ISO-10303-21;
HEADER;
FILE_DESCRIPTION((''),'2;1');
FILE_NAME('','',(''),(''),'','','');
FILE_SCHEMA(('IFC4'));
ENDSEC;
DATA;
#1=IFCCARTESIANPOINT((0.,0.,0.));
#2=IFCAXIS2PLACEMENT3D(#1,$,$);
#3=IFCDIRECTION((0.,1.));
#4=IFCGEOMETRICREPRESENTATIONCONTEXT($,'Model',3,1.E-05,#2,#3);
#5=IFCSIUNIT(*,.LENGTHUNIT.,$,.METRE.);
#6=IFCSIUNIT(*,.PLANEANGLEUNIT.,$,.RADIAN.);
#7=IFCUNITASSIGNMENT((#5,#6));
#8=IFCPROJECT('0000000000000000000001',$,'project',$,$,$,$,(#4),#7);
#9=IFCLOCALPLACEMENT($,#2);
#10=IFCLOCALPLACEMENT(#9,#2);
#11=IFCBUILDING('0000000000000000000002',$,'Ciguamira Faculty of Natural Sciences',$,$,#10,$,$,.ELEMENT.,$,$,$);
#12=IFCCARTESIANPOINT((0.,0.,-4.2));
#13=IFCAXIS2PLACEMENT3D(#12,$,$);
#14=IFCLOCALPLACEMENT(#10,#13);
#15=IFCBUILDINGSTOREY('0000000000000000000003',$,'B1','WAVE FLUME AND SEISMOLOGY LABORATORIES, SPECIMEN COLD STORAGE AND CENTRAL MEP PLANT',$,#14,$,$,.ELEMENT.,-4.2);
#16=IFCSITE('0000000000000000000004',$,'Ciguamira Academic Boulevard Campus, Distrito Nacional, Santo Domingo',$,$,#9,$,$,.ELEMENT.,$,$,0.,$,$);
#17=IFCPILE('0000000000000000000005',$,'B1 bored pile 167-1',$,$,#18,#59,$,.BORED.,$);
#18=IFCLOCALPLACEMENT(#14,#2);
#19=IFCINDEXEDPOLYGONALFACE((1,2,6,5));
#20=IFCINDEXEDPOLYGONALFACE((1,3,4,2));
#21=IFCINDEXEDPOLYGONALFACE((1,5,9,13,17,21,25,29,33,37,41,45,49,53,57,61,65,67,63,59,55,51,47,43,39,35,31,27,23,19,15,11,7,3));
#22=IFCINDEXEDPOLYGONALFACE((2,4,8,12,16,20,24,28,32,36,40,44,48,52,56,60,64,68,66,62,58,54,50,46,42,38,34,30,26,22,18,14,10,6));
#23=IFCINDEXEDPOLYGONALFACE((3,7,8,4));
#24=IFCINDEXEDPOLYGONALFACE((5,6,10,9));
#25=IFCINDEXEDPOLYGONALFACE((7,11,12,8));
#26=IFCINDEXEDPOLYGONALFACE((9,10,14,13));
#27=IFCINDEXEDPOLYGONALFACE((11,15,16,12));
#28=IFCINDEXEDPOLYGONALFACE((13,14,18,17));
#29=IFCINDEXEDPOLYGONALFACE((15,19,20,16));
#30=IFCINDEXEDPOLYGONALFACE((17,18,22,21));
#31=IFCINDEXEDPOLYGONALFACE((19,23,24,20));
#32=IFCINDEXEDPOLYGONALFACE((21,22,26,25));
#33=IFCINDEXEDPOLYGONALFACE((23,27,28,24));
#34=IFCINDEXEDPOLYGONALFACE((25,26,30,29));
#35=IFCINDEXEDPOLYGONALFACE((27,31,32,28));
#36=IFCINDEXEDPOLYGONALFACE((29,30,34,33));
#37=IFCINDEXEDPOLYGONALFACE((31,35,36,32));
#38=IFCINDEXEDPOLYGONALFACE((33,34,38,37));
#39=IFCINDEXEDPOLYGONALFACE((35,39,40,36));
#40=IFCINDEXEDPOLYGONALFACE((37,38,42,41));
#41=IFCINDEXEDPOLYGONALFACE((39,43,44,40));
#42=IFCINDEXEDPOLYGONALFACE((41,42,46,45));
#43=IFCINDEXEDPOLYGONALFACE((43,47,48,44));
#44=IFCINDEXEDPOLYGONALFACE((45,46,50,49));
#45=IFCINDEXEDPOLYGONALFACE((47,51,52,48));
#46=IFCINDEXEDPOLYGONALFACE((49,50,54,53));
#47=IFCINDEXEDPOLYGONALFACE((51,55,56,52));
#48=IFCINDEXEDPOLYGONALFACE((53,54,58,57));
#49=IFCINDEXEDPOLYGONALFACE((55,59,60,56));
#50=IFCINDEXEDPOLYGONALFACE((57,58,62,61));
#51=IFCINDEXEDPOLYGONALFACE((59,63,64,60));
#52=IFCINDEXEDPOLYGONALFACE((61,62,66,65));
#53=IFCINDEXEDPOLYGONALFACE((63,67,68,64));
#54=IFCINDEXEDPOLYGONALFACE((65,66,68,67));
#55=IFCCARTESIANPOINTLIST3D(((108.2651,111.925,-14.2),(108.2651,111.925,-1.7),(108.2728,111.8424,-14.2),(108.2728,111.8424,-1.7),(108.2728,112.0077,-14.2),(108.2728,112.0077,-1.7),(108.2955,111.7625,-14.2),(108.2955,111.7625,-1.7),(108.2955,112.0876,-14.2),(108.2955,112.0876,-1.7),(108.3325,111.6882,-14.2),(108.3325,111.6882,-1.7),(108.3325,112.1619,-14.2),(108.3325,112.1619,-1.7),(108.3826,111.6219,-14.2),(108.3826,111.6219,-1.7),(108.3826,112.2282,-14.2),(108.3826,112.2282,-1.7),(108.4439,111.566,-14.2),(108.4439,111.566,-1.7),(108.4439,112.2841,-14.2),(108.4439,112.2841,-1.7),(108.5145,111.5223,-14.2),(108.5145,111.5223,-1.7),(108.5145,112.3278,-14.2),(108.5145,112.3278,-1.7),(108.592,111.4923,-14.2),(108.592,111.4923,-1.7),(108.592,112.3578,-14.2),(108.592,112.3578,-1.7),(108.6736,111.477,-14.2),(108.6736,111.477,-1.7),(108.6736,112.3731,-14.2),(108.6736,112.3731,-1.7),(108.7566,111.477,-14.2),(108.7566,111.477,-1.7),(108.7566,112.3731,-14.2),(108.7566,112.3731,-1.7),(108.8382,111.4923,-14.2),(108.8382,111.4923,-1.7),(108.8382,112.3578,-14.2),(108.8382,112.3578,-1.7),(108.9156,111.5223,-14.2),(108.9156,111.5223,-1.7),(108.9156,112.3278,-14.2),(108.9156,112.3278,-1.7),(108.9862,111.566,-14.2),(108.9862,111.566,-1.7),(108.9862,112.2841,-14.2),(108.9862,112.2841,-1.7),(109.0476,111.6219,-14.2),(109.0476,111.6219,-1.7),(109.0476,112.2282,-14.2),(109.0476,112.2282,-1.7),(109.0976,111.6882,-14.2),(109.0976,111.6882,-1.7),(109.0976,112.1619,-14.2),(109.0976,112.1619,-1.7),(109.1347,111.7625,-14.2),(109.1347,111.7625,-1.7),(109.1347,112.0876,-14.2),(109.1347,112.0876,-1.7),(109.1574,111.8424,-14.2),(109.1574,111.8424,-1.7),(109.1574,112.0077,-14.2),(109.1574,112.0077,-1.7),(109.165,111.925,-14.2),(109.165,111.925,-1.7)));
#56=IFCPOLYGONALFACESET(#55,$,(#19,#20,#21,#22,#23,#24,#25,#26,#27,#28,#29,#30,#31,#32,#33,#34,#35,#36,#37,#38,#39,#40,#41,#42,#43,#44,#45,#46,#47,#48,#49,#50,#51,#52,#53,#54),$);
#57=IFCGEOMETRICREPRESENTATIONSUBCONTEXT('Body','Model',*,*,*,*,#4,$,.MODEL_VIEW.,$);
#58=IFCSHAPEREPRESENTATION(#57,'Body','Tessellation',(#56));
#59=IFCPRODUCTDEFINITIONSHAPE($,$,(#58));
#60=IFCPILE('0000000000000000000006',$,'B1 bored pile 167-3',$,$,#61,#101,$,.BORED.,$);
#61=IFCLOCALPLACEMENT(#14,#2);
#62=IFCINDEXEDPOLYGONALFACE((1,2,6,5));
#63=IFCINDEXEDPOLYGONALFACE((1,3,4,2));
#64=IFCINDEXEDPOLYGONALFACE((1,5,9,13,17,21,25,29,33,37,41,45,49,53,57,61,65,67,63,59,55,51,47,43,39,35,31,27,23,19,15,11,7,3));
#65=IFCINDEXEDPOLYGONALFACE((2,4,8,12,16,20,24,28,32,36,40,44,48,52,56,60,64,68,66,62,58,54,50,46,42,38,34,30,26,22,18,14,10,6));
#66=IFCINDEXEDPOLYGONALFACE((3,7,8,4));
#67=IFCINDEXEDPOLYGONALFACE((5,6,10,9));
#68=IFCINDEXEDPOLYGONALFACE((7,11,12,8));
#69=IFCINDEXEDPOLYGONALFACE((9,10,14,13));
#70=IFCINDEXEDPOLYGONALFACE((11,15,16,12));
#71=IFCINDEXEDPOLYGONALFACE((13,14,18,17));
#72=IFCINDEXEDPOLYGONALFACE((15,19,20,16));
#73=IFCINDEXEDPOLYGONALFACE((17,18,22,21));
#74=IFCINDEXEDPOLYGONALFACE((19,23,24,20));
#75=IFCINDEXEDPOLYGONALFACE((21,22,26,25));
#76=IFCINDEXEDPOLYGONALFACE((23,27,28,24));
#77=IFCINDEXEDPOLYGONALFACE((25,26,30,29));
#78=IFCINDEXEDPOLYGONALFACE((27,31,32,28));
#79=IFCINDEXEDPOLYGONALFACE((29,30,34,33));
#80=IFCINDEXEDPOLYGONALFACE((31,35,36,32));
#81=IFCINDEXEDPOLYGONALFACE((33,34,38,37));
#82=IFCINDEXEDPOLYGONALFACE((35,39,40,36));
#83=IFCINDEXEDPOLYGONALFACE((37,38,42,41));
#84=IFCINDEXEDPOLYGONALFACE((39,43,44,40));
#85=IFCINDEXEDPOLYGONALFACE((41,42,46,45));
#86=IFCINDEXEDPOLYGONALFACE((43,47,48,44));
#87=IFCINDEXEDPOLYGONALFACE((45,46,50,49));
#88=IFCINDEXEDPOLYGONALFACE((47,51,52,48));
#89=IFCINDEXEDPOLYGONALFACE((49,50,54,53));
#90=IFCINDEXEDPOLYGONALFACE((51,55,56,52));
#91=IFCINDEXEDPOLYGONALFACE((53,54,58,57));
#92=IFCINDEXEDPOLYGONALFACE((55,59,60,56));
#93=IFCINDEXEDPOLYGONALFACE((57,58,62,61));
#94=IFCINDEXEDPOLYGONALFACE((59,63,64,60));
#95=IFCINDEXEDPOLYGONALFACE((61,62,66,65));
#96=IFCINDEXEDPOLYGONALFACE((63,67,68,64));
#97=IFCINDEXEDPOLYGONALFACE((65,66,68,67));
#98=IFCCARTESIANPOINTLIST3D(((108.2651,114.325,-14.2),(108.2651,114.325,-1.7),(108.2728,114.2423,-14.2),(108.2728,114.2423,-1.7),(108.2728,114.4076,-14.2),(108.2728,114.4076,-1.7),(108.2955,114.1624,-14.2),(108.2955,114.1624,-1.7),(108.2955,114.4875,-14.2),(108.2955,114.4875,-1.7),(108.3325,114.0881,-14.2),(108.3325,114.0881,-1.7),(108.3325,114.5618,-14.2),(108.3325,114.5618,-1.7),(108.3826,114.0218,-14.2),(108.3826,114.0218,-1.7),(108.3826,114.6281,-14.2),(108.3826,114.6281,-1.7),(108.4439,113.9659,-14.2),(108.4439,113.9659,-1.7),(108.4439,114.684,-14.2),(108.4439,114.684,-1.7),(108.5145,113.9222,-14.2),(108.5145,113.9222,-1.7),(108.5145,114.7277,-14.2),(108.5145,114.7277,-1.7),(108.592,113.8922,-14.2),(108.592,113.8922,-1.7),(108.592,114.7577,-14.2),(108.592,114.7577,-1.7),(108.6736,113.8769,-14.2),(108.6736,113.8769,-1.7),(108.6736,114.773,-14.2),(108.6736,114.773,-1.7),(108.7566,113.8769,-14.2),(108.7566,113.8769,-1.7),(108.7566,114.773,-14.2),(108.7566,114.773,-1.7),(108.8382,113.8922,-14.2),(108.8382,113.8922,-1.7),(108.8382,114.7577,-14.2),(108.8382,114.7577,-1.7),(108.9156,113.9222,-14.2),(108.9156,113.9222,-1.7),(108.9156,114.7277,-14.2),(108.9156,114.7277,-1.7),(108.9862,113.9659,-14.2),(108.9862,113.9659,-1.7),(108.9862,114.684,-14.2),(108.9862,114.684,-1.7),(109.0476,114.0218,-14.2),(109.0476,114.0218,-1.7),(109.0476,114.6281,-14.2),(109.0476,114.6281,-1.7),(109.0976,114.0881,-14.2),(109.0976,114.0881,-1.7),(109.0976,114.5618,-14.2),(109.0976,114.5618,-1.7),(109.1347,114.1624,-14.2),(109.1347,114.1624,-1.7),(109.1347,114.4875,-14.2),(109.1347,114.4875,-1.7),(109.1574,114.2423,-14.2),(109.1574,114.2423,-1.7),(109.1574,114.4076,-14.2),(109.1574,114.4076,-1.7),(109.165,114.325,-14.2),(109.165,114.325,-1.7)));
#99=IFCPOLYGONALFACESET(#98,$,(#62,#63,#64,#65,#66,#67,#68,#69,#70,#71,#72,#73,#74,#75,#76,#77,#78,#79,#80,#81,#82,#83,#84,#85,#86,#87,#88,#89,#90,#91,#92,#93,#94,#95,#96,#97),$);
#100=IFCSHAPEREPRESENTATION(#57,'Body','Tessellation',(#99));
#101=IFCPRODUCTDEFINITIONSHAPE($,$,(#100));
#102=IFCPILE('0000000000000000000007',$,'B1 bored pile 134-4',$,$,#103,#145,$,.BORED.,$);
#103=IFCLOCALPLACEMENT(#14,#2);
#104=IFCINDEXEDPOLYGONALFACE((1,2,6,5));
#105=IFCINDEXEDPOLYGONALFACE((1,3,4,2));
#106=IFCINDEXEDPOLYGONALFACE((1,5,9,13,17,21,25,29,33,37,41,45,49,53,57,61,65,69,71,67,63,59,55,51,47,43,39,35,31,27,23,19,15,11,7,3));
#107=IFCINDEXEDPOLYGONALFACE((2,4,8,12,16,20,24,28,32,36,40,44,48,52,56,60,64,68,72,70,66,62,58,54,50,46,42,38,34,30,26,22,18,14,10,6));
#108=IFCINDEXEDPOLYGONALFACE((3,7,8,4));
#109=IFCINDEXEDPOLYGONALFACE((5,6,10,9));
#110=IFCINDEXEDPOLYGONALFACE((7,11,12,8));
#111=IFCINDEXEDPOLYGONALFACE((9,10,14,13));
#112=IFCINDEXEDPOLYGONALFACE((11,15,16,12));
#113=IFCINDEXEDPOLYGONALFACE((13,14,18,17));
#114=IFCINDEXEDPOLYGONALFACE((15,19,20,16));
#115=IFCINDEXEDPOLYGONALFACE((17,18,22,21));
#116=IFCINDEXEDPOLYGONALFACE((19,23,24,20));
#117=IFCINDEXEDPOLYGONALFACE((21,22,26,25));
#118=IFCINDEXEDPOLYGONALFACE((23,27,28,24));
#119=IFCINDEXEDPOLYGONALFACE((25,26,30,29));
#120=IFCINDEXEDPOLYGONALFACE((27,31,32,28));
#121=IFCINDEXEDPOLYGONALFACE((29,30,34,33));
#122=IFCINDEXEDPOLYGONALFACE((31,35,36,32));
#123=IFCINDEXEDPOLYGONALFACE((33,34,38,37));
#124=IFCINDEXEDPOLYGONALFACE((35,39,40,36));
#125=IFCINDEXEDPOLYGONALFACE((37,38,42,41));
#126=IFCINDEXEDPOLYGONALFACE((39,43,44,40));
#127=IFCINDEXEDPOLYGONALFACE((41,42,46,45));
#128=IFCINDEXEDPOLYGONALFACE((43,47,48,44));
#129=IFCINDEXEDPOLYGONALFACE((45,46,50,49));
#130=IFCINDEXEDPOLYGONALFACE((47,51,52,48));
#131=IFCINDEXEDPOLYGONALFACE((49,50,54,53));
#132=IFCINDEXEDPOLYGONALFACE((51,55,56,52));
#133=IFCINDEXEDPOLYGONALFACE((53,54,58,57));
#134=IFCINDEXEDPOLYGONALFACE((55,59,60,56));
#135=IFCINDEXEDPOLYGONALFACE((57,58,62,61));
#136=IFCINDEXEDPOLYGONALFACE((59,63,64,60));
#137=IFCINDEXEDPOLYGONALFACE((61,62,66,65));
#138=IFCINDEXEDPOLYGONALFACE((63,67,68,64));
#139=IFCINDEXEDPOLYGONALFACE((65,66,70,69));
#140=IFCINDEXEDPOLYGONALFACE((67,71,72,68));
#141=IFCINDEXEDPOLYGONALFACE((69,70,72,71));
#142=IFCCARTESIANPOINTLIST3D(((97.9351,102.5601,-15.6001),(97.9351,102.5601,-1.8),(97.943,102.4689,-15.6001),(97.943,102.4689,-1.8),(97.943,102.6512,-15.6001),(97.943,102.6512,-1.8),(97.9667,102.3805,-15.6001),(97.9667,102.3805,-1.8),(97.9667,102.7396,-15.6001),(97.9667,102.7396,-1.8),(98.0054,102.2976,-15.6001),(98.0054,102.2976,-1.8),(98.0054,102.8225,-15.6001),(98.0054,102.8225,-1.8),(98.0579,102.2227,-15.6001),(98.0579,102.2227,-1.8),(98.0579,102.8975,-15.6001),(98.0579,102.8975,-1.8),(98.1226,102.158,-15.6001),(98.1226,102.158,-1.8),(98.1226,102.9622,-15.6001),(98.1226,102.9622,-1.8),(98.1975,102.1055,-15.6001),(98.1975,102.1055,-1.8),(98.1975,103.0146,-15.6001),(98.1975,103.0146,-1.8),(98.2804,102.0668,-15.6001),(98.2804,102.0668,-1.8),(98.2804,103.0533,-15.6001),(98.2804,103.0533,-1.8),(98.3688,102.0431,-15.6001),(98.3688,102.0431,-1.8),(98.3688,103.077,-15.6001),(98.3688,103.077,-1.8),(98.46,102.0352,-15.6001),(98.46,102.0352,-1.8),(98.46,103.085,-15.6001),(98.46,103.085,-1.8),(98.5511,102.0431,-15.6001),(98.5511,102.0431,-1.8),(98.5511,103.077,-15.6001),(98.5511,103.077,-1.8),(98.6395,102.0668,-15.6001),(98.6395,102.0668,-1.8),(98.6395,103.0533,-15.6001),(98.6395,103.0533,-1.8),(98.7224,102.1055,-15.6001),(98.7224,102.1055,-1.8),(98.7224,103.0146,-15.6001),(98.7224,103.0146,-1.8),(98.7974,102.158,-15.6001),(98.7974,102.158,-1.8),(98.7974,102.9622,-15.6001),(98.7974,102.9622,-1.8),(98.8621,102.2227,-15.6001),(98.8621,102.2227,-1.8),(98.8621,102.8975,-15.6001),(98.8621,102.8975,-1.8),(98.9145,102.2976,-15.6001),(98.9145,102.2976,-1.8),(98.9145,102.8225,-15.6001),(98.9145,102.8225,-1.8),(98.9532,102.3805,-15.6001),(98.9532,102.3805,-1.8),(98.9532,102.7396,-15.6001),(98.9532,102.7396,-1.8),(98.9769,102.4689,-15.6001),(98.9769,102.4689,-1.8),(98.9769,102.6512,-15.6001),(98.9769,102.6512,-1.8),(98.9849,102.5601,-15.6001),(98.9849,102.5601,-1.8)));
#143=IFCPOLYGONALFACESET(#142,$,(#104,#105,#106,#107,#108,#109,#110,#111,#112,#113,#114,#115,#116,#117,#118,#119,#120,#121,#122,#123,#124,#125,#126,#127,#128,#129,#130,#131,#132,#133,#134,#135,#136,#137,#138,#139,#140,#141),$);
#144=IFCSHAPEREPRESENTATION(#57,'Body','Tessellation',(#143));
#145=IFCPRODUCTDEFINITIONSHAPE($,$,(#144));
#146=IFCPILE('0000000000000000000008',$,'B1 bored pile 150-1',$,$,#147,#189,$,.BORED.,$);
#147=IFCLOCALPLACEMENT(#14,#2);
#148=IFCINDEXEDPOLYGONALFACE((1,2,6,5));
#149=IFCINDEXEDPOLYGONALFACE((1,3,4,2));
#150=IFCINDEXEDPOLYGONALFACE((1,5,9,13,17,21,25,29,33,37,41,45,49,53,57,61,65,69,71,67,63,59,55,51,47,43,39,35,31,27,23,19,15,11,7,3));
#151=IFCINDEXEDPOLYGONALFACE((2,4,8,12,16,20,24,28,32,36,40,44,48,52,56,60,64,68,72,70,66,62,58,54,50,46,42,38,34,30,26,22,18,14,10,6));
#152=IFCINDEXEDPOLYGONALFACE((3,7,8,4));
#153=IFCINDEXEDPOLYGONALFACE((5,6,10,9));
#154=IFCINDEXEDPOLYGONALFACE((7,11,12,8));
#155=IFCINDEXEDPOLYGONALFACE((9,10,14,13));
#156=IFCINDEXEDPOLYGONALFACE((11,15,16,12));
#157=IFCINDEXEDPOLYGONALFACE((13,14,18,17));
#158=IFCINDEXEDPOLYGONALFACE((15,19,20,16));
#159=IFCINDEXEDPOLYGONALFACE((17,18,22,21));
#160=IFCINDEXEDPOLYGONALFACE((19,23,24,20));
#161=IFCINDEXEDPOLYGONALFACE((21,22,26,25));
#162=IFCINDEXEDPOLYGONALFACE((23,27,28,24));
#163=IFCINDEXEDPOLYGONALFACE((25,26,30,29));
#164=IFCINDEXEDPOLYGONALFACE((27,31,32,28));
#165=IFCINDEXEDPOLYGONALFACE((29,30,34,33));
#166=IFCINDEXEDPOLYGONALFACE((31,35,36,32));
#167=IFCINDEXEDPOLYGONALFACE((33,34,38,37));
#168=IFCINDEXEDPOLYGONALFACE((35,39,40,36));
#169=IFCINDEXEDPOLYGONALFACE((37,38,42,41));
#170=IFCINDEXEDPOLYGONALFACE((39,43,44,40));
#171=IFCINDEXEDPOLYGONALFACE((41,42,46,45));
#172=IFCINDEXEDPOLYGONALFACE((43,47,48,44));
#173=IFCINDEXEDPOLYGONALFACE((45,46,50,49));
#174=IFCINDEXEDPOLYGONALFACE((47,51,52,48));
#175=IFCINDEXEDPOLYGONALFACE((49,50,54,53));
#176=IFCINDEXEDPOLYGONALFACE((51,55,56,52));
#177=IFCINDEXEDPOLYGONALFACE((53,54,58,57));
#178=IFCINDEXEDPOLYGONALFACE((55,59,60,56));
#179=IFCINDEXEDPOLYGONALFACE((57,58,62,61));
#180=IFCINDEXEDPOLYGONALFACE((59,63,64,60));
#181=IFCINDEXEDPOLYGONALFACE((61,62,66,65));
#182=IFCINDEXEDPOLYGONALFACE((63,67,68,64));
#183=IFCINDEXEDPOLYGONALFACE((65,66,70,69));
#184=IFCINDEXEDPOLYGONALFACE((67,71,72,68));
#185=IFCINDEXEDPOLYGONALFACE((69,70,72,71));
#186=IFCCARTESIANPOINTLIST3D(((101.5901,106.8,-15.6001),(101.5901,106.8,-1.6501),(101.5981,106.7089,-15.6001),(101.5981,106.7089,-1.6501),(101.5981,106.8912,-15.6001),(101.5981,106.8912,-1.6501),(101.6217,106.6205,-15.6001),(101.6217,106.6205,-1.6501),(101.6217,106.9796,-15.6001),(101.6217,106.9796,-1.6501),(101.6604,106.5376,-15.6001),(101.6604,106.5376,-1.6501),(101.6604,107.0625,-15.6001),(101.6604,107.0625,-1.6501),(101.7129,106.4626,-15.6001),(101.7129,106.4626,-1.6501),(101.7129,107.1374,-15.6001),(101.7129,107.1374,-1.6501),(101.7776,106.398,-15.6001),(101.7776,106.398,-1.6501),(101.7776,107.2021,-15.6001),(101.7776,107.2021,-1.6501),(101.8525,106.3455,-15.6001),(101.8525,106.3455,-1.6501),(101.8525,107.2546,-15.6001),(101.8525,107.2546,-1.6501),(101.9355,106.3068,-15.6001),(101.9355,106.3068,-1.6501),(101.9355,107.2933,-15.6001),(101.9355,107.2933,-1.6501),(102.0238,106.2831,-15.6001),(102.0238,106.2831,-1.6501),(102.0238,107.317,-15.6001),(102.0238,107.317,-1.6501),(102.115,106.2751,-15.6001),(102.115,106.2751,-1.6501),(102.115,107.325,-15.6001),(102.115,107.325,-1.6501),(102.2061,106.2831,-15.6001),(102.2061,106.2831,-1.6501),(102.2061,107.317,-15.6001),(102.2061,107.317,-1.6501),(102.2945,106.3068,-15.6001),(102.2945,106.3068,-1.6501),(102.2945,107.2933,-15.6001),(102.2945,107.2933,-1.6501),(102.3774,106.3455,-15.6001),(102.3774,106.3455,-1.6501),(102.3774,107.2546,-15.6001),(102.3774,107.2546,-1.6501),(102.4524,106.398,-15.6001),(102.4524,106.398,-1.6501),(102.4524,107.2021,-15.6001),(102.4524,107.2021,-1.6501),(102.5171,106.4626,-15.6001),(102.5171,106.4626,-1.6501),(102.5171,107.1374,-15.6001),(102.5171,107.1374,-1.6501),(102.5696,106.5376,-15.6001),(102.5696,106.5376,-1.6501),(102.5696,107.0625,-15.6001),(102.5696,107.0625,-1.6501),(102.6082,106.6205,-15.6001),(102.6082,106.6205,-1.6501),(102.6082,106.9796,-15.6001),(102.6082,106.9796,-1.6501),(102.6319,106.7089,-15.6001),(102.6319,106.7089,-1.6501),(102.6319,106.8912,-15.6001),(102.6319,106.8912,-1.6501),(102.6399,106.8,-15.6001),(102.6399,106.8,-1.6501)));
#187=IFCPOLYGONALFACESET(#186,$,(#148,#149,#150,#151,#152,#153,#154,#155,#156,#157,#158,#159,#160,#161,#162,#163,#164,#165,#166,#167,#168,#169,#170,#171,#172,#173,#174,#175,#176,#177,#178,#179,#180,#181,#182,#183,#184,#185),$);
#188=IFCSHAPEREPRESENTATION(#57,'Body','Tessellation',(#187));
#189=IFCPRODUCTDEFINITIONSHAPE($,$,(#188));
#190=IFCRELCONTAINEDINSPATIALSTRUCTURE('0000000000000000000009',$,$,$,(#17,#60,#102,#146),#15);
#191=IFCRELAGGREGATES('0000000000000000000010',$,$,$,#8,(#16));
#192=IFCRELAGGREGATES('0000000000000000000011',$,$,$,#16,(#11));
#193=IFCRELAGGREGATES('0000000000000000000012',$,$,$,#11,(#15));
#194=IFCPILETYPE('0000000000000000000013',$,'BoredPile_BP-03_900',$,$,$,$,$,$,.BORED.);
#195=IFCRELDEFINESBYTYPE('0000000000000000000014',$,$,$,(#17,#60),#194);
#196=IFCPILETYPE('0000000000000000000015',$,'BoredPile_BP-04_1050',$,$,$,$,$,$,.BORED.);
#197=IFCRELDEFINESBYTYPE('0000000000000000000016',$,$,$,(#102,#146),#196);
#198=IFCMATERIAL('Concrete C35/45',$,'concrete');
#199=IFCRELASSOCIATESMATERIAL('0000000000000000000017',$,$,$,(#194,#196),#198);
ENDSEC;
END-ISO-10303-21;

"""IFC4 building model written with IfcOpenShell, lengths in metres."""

from ifc_helpers import new_model, si_unit, direction, frame, origin, origin_2d, place, context, subcontext, project, spatial, circle, extrude, material, material_profile, profile_set, type_object, element, save


model = new_model("IFC4")

# Units and contexts
model_context = context("Model", 3, precision=1e-05, world=origin(), true_north=direction((0.0, 1.0)))
body_context = subcontext(model_context, "Body", "Model", "MODEL_VIEW")
ifc_project = project(units=[si_unit("LENGTHUNIT", "METRE"), si_unit("PLANEANGLEUNIT", "RADIAN")], contexts=[model_context])

# Site, building, storey
site_placement = place(None, origin())
site = spatial("IfcSite", under=ifc_project, at=site_placement, Name="Ciguamira Academic Boulevard Campus, Distrito Nacional, Santo Domingo", CompositionType="ELEMENT", RefElevation=0.0)
building_placement = place(site_placement, origin())
building = spatial("IfcBuilding", under=site, at=building_placement, Name="Ciguamira Faculty of Natural Sciences", CompositionType="ELEMENT")
storey_placement = place(building_placement, frame((0.0, 0.0, -4.2)))
storey = spatial("IfcBuildingStorey", under=building, at=storey_placement, Name="B1", Description="WAVE FLUME AND SEISMOLOGY LABORATORIES, SPECIMEN COLD STORAGE AND CENTRAL MEP PLANT", CompositionType="ELEMENT", Elevation=-4.2)

# Piles
ifc_material_1 = material(Name="Concrete C35/45", Category="concrete")
ifc_material_profile_1 = material_profile(ifc_material_1, circle(Radius=0.45, at=origin_2d()), Name="PILE-BORED-900")
ifc_profile_set_1 = profile_set([ifc_material_profile_1], Name="Concrete C35/45")
pile_type_1 = type_object("IfcPileType", Name="BoredPile_BP-03_900", PredefinedType="BORED", material=ifc_profile_set_1)
for number, where, z_axis, x_axis, name in (
    (1, (108.7151, 111.925, -1.7), (0.0, 0.0, -1.0), (1.0, 0.0, 0.0), "B1 bored pile 167-1"),
    (2, (108.7151, 114.325, -1.7), (0.0, 0.0, -1.0), (1.0, 0.0, 0.0), "B1 bored pile 167-3"),
):
    element("IfcPile", number, at=place(storey_placement, frame(where, z_axis=z_axis, x_axis=x_axis)), inside=storey, type_object=pile_type_1, Name=name, PredefinedType="BORED", context=body_context, shape_type="SweptSolid", body=[
        extrude(circle(Radius=0.45, at=origin_2d()), origin(), (0.0, 0.0, 1.0), 12.5),
    ])
ifc_material_profile_2 = material_profile(ifc_material_1, circle(Radius=0.5249, at=origin_2d()), Name="PILE-BORED-1050")
ifc_profile_set_2 = profile_set([ifc_material_profile_2], Name="Concrete C35/45")
pile_type_2 = type_object("IfcPileType", Name="BoredPile_BP-04_1050", PredefinedType="BORED", material=ifc_profile_set_2)
pile_placement = place(storey_placement, frame((98.46, 102.5601, -1.8), z_axis=(0.0, 0.0, -1.0), x_axis=(1.0, 0.0, 0.0)))
element("IfcPile", 3, at=pile_placement, inside=storey, type_object=pile_type_2, Name="B1 bored pile 134-4", PredefinedType="BORED", context=body_context, shape_type="SweptSolid", body=[
    extrude(circle(Radius=0.5249, at=origin_2d()), origin(), (0.0, 0.0, 1.0), 13.8),
])
for number, where, z_axis, x_axis, name in (
    (4, (102.115, 106.8, -1.6501), (0.0, 0.0, -1.0), (1.0, 0.0, 0.0), "B1 bored pile 150-1"),
):
    element("IfcPile", number, at=place(storey_placement, frame(where, z_axis=z_axis, x_axis=x_axis)), inside=storey, type_object=pile_type_2, Name=name, PredefinedType="BORED", context=body_context, shape_type="SweptSolid", body=[
        extrude(circle(Radius=0.5249, at=origin_2d()), origin(), (0.0, 0.0, 1.0), 13.95),
    ])

save(model, "model.ifc")
